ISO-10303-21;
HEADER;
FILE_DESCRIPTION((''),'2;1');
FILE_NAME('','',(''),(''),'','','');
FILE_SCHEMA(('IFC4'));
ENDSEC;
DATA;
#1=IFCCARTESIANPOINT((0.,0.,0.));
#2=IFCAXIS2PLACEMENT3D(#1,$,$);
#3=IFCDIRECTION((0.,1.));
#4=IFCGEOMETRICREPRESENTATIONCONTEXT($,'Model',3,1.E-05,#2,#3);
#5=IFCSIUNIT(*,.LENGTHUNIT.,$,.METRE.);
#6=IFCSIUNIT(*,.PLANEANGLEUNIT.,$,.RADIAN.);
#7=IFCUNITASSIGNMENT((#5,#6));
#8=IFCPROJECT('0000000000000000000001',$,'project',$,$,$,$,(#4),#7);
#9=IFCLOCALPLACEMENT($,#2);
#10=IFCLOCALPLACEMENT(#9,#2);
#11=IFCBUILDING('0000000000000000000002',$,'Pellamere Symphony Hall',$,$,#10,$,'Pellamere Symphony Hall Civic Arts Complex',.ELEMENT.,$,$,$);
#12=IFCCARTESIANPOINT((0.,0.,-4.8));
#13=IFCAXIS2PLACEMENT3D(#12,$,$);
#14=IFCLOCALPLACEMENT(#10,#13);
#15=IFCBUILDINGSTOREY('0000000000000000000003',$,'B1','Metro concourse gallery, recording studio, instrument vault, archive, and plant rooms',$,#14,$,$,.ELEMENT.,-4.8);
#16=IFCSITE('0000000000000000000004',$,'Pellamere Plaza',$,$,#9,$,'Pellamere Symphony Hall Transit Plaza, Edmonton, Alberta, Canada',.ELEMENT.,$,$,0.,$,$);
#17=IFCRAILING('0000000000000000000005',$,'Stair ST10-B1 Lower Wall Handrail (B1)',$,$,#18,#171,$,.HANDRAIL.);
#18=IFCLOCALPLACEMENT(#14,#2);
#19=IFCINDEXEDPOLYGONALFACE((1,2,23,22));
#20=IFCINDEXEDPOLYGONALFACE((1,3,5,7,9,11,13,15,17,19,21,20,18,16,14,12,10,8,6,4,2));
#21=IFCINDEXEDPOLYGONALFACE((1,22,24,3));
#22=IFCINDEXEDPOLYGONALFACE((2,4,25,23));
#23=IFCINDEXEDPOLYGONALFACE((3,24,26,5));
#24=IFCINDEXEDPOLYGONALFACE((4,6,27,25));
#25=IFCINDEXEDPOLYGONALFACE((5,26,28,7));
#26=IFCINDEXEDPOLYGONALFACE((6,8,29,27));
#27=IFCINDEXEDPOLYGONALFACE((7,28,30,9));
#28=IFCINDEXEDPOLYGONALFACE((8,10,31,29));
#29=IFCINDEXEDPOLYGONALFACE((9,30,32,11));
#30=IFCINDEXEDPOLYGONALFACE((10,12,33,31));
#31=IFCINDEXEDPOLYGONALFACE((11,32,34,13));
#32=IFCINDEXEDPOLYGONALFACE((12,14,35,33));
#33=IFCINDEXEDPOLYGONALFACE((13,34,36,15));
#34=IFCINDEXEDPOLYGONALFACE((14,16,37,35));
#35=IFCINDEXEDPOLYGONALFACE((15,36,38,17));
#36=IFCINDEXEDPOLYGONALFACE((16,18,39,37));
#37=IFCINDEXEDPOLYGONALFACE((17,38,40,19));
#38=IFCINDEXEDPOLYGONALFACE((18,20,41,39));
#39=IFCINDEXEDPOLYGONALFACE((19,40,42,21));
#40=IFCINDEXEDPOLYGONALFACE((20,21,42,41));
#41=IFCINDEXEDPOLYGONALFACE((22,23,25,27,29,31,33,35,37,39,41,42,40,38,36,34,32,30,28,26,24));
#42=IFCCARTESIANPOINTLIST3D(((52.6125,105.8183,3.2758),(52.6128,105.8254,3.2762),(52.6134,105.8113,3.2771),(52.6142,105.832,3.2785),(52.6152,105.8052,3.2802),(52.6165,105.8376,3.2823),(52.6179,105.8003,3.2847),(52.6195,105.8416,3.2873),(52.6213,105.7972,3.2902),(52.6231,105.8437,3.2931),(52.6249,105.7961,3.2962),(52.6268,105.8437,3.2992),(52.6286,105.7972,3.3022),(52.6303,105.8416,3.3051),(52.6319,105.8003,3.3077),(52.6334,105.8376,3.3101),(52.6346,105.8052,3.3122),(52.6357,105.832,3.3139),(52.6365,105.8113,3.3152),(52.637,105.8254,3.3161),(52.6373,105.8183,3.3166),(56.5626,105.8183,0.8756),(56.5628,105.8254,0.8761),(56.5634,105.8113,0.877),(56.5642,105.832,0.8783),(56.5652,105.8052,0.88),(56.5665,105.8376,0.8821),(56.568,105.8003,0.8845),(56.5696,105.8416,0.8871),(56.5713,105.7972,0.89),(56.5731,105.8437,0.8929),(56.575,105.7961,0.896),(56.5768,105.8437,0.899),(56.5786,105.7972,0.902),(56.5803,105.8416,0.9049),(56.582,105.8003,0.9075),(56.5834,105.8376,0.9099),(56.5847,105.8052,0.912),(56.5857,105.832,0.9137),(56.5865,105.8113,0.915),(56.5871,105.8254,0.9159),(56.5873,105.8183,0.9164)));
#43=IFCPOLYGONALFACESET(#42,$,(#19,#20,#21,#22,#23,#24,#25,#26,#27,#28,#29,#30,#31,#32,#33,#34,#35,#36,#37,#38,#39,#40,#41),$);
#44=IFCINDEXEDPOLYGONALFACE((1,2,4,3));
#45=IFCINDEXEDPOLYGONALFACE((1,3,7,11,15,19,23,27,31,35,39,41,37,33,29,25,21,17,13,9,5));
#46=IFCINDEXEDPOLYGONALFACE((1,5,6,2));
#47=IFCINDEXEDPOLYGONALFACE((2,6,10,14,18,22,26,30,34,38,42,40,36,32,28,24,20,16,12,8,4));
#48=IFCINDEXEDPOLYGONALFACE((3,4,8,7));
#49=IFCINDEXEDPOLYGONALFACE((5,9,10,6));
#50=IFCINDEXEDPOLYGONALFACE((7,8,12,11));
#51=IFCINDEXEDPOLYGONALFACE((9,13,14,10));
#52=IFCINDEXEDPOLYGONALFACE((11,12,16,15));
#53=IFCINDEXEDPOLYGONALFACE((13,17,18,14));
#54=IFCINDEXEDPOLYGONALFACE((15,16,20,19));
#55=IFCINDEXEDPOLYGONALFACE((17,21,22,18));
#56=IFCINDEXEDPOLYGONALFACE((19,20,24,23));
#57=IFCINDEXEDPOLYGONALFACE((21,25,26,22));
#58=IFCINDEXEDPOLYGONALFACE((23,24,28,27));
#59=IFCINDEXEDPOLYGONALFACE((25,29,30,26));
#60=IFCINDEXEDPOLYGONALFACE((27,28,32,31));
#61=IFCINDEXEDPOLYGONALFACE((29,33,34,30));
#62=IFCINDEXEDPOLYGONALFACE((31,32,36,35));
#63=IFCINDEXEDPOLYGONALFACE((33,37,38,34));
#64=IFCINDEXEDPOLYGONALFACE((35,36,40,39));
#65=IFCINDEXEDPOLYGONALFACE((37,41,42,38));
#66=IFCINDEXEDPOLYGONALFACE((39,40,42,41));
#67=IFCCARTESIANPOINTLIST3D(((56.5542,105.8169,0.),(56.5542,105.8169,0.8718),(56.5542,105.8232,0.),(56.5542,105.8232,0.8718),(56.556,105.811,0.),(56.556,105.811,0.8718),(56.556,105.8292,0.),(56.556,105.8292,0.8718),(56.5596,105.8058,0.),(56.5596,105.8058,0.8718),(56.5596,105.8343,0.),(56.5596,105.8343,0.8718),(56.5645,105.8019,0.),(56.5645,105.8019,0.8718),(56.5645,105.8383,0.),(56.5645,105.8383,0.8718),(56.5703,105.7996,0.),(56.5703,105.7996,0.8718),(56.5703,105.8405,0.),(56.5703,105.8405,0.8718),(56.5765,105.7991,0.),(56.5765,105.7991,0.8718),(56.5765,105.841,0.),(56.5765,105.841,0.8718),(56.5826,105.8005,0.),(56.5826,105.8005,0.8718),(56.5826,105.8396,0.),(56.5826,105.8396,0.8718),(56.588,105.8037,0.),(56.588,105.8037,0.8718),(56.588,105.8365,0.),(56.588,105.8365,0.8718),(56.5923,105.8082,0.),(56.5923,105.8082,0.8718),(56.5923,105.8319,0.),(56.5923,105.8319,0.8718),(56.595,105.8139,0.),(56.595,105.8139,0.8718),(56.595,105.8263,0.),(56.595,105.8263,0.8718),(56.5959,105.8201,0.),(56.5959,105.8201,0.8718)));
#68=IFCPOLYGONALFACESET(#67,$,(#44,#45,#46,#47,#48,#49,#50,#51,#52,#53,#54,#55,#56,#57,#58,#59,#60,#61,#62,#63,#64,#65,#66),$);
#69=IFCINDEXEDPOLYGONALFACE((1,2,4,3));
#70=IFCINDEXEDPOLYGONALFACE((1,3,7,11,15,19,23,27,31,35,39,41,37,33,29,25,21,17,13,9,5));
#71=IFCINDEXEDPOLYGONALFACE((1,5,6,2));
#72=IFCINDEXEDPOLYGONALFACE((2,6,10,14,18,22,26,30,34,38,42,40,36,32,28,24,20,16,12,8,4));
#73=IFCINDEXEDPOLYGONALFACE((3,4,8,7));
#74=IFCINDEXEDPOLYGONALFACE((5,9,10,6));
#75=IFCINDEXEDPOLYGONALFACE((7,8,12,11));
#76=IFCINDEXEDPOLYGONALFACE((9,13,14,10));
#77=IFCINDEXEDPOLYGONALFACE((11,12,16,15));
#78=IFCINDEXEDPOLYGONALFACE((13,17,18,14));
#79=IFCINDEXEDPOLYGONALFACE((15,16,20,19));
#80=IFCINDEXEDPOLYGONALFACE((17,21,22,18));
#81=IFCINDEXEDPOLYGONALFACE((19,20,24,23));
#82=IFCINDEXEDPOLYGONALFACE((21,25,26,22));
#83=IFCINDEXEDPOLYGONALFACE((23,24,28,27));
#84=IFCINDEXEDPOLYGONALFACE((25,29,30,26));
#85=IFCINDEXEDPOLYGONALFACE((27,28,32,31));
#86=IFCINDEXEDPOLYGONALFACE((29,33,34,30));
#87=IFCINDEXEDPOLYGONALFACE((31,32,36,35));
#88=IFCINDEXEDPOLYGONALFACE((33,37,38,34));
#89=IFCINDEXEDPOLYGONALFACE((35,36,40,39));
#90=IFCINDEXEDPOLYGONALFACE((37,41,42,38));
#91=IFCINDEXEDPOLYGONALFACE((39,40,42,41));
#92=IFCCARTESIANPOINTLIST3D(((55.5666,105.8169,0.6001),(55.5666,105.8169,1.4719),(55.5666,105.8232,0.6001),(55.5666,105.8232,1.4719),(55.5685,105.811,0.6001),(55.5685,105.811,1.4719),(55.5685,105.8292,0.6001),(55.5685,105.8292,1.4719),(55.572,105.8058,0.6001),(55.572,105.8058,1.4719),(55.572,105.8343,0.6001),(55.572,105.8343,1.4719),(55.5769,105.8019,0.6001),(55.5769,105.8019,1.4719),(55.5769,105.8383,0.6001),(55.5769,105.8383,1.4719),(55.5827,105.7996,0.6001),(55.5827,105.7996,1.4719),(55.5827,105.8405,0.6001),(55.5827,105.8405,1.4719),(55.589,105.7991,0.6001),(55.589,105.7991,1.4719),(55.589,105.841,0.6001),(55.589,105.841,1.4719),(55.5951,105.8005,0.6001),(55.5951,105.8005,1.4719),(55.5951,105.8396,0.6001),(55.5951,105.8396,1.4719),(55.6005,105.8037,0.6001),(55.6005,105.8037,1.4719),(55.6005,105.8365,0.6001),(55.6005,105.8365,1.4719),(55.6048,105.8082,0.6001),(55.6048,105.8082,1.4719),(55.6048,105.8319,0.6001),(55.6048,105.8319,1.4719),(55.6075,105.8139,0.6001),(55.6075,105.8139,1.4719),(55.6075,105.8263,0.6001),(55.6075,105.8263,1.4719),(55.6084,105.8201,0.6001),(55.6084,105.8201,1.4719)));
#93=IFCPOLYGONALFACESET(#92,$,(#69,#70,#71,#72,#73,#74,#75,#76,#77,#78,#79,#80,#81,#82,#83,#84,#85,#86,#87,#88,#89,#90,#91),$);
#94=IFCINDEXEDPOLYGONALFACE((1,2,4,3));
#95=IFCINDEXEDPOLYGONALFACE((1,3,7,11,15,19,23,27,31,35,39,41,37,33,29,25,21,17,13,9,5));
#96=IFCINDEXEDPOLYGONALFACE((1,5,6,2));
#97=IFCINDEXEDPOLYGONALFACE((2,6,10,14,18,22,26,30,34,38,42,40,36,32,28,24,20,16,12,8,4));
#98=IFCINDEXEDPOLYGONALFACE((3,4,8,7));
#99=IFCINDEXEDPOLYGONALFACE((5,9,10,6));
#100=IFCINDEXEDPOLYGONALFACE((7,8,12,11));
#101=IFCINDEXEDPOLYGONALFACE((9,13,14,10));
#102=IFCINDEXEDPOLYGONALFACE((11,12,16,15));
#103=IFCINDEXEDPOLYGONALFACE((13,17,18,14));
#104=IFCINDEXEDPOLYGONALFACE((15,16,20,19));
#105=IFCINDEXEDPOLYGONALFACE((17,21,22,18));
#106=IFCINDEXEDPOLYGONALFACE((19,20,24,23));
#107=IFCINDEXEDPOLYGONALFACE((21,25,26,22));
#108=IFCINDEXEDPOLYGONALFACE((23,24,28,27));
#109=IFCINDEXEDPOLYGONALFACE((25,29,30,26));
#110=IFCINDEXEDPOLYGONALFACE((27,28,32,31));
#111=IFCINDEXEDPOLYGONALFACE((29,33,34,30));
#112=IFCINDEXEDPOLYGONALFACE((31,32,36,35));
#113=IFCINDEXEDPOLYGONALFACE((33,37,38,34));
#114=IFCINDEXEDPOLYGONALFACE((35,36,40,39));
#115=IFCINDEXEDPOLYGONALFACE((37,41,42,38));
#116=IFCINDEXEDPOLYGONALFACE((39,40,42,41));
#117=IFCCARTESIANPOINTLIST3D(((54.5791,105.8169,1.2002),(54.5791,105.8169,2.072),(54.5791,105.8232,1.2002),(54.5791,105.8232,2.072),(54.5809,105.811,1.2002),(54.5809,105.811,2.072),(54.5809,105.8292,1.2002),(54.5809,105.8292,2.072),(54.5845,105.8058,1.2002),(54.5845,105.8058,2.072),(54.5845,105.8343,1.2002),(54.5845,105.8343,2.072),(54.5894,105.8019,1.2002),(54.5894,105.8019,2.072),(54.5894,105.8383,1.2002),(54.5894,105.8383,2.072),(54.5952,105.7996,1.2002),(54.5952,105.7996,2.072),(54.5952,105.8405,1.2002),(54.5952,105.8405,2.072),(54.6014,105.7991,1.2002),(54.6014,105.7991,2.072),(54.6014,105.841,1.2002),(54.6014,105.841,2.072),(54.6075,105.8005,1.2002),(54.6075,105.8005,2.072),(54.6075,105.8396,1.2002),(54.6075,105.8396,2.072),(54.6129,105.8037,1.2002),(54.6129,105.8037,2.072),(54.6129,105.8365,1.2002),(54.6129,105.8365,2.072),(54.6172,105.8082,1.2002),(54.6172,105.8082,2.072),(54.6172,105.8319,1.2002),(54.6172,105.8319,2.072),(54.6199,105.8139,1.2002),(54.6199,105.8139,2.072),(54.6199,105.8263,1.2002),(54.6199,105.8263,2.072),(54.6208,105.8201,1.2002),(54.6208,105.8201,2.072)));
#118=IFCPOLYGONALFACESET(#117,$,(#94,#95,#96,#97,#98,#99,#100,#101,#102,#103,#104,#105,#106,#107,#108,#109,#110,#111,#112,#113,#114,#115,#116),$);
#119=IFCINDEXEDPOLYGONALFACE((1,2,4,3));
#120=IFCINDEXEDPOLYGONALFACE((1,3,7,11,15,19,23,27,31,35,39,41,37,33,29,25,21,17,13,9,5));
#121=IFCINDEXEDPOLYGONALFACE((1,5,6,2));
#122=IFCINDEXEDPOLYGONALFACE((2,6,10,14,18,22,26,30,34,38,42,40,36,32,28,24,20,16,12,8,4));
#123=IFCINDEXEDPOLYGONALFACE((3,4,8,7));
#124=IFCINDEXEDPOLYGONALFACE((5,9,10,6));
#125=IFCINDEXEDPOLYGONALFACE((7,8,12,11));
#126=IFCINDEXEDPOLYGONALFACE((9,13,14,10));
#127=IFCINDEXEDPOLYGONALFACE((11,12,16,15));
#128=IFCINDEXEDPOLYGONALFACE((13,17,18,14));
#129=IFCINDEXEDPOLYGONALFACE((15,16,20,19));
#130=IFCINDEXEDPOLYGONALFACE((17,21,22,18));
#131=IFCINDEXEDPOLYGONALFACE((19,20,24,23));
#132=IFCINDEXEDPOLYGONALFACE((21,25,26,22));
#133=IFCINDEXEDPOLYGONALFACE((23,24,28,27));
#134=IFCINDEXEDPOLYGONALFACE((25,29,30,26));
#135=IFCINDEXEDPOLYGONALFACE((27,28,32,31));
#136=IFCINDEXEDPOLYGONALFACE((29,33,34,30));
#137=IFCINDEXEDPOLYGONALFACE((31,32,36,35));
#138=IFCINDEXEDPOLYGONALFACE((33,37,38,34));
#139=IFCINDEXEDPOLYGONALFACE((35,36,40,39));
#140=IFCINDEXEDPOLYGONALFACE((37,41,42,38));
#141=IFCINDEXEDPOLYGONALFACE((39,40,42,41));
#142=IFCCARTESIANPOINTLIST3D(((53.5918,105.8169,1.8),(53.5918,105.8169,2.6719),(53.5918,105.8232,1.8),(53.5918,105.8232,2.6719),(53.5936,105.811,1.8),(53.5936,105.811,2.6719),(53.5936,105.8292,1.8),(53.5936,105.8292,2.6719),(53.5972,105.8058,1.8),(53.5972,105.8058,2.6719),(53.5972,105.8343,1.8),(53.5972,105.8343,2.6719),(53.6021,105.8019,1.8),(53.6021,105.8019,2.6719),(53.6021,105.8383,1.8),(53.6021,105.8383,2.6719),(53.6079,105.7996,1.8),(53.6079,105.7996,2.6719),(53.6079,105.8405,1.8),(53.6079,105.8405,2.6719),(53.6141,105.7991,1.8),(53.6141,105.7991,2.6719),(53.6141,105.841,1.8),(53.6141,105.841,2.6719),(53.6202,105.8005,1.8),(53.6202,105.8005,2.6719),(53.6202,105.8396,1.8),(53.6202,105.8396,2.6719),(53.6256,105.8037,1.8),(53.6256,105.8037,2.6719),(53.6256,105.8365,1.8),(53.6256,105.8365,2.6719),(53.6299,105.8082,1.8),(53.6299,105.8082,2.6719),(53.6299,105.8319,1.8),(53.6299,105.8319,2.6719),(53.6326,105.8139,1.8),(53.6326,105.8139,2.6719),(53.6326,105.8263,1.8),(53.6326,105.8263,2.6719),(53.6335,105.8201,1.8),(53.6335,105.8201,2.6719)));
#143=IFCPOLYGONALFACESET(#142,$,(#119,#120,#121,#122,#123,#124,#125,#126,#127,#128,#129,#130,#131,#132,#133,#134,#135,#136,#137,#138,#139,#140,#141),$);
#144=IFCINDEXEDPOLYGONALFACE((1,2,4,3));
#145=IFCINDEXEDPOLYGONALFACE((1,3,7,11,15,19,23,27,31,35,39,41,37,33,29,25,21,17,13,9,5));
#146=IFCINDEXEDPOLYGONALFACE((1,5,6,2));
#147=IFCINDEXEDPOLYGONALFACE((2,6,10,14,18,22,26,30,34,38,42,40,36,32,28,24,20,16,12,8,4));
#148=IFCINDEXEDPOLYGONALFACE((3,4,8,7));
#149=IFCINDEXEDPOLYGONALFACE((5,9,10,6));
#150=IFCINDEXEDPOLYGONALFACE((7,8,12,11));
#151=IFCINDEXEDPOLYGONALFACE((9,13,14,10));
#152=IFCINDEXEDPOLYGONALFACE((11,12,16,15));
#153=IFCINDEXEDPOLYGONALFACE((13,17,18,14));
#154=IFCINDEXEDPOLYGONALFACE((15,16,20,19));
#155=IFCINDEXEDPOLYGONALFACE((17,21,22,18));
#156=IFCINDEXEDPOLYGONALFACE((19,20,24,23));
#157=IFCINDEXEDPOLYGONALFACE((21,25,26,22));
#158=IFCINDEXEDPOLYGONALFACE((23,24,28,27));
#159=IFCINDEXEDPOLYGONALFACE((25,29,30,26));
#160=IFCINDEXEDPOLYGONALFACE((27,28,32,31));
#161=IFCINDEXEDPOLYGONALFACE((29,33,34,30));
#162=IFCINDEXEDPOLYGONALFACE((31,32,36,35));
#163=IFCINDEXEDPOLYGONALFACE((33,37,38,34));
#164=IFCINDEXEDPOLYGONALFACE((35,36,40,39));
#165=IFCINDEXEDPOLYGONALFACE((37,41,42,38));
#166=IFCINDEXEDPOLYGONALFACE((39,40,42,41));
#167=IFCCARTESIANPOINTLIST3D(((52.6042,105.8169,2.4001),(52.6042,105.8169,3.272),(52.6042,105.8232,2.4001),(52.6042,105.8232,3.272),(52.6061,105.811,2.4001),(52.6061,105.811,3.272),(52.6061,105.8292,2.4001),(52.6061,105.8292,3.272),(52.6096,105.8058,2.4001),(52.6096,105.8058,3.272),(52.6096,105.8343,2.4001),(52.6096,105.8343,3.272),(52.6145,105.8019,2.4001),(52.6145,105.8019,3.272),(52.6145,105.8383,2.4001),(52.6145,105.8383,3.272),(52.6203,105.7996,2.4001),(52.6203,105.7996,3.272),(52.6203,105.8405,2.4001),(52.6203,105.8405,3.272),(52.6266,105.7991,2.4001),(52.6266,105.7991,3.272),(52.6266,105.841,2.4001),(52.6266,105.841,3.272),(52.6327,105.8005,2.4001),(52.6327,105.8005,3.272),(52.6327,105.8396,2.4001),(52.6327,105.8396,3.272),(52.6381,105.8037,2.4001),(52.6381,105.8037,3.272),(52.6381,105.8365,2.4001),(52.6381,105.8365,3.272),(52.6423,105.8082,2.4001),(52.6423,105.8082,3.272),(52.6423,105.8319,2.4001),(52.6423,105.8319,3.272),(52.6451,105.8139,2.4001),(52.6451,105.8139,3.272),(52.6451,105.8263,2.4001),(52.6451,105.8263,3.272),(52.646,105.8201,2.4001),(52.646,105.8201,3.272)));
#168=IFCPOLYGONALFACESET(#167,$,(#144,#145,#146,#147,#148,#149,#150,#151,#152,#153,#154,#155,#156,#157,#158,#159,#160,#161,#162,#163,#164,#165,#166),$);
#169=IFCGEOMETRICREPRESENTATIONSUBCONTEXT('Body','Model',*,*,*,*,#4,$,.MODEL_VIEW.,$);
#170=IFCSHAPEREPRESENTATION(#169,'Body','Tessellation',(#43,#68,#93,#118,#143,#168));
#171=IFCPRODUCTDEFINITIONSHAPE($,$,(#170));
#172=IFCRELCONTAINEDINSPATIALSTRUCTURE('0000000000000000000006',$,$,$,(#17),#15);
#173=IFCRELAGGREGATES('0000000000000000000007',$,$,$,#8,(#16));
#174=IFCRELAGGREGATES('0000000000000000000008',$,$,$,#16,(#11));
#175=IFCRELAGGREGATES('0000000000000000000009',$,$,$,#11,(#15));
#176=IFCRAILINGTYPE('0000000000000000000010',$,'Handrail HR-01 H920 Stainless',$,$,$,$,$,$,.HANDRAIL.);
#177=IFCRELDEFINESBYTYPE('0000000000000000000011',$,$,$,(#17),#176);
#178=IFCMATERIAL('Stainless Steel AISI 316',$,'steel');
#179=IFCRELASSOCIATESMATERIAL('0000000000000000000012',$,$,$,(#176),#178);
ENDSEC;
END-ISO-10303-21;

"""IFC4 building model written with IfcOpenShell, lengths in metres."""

from ifc_helpers import new_model, si_unit, direction, frame, origin, origin_2d, place, context, subcontext, project, spatial, circle, extrude, material, type_object, element, save


model = new_model("IFC4")

# Units and contexts
model_context = context("Model", 3, precision=1e-05, world=origin(), true_north=direction((0.0, 1.0)))
body_context = subcontext(model_context, "Body", "Model", "MODEL_VIEW")
ifc_project = project(units=[si_unit("LENGTHUNIT", "METRE"), si_unit("PLANEANGLEUNIT", "RADIAN")], contexts=[model_context])

# Site, building, storey
site_placement = place(None, origin())
site = spatial("IfcSite", under=ifc_project, at=site_placement, Name="Pellamere Plaza", LongName="Pellamere Symphony Hall Transit Plaza, Edmonton, Alberta, Canada", CompositionType="ELEMENT", RefElevation=0.0)
building_placement = place(site_placement, origin())
building = spatial("IfcBuilding", under=site, at=building_placement, Name="Pellamere Symphony Hall", LongName="Pellamere Symphony Hall Civic Arts Complex", CompositionType="ELEMENT")
storey_placement = place(building_placement, frame((0.0, 0.0, -4.8)))
storey = spatial("IfcBuildingStorey", under=building, at=storey_placement, Name="B1", Description="Metro concourse gallery, recording studio, instrument vault, archive, and plant rooms", CompositionType="ELEMENT", Elevation=-4.8)

# Railing
ifc_material_1 = material(Name="Stainless Steel AISI 316", Category="steel")
railing_type_1 = type_object("IfcRailingType", Name="Handrail HR-01 H920 Stainless", PredefinedType="HANDRAIL", material=ifc_material_1)
railing_1_placement = place(storey_placement, frame((56.575, 105.8201, 0.0)))
element("IfcRailing", 1, at=railing_1_placement, inside=storey, type_object=railing_type_1, Name="Stair ST10-B1 Lower Wall Handrail (B1)", PredefinedType="HANDRAIL", context=body_context, shape_type="SweptSolid", body=[
    extrude(circle(Radius=0.0239, at=origin_2d()), frame((0.0, 0.0, 0.896), z_axis=(-0.854599, 0.0, 0.519288), x_axis=(0.0, -1.0, 0.0)), (0.0, 0.0, 1.0), 4.6221),
    extrude(circle(Radius=0.021, at=origin_2d()), origin(), (0.0, 0.0, 1.0), 0.8718),
    extrude(circle(Radius=0.021, at=origin_2d()), frame((-0.9875, 0.0, 0.6001)), (0.0, 0.0, 1.0), 0.8718),
    extrude(circle(Radius=0.021, at=origin_2d()), frame((-1.9751, 0.0, 1.2002)), (0.0, 0.0, 1.0), 0.8718),
    extrude(circle(Radius=0.021, at=origin_2d()), frame((-2.9624, 0.0, 1.8)), (0.0, 0.0, 1.0), 0.8718),
    extrude(circle(Radius=0.021, at=origin_2d()), frame((-3.95, 0.0, 2.4001)), (0.0, 0.0, 1.0), 0.8718),
])

save(model, "model.ifc")
